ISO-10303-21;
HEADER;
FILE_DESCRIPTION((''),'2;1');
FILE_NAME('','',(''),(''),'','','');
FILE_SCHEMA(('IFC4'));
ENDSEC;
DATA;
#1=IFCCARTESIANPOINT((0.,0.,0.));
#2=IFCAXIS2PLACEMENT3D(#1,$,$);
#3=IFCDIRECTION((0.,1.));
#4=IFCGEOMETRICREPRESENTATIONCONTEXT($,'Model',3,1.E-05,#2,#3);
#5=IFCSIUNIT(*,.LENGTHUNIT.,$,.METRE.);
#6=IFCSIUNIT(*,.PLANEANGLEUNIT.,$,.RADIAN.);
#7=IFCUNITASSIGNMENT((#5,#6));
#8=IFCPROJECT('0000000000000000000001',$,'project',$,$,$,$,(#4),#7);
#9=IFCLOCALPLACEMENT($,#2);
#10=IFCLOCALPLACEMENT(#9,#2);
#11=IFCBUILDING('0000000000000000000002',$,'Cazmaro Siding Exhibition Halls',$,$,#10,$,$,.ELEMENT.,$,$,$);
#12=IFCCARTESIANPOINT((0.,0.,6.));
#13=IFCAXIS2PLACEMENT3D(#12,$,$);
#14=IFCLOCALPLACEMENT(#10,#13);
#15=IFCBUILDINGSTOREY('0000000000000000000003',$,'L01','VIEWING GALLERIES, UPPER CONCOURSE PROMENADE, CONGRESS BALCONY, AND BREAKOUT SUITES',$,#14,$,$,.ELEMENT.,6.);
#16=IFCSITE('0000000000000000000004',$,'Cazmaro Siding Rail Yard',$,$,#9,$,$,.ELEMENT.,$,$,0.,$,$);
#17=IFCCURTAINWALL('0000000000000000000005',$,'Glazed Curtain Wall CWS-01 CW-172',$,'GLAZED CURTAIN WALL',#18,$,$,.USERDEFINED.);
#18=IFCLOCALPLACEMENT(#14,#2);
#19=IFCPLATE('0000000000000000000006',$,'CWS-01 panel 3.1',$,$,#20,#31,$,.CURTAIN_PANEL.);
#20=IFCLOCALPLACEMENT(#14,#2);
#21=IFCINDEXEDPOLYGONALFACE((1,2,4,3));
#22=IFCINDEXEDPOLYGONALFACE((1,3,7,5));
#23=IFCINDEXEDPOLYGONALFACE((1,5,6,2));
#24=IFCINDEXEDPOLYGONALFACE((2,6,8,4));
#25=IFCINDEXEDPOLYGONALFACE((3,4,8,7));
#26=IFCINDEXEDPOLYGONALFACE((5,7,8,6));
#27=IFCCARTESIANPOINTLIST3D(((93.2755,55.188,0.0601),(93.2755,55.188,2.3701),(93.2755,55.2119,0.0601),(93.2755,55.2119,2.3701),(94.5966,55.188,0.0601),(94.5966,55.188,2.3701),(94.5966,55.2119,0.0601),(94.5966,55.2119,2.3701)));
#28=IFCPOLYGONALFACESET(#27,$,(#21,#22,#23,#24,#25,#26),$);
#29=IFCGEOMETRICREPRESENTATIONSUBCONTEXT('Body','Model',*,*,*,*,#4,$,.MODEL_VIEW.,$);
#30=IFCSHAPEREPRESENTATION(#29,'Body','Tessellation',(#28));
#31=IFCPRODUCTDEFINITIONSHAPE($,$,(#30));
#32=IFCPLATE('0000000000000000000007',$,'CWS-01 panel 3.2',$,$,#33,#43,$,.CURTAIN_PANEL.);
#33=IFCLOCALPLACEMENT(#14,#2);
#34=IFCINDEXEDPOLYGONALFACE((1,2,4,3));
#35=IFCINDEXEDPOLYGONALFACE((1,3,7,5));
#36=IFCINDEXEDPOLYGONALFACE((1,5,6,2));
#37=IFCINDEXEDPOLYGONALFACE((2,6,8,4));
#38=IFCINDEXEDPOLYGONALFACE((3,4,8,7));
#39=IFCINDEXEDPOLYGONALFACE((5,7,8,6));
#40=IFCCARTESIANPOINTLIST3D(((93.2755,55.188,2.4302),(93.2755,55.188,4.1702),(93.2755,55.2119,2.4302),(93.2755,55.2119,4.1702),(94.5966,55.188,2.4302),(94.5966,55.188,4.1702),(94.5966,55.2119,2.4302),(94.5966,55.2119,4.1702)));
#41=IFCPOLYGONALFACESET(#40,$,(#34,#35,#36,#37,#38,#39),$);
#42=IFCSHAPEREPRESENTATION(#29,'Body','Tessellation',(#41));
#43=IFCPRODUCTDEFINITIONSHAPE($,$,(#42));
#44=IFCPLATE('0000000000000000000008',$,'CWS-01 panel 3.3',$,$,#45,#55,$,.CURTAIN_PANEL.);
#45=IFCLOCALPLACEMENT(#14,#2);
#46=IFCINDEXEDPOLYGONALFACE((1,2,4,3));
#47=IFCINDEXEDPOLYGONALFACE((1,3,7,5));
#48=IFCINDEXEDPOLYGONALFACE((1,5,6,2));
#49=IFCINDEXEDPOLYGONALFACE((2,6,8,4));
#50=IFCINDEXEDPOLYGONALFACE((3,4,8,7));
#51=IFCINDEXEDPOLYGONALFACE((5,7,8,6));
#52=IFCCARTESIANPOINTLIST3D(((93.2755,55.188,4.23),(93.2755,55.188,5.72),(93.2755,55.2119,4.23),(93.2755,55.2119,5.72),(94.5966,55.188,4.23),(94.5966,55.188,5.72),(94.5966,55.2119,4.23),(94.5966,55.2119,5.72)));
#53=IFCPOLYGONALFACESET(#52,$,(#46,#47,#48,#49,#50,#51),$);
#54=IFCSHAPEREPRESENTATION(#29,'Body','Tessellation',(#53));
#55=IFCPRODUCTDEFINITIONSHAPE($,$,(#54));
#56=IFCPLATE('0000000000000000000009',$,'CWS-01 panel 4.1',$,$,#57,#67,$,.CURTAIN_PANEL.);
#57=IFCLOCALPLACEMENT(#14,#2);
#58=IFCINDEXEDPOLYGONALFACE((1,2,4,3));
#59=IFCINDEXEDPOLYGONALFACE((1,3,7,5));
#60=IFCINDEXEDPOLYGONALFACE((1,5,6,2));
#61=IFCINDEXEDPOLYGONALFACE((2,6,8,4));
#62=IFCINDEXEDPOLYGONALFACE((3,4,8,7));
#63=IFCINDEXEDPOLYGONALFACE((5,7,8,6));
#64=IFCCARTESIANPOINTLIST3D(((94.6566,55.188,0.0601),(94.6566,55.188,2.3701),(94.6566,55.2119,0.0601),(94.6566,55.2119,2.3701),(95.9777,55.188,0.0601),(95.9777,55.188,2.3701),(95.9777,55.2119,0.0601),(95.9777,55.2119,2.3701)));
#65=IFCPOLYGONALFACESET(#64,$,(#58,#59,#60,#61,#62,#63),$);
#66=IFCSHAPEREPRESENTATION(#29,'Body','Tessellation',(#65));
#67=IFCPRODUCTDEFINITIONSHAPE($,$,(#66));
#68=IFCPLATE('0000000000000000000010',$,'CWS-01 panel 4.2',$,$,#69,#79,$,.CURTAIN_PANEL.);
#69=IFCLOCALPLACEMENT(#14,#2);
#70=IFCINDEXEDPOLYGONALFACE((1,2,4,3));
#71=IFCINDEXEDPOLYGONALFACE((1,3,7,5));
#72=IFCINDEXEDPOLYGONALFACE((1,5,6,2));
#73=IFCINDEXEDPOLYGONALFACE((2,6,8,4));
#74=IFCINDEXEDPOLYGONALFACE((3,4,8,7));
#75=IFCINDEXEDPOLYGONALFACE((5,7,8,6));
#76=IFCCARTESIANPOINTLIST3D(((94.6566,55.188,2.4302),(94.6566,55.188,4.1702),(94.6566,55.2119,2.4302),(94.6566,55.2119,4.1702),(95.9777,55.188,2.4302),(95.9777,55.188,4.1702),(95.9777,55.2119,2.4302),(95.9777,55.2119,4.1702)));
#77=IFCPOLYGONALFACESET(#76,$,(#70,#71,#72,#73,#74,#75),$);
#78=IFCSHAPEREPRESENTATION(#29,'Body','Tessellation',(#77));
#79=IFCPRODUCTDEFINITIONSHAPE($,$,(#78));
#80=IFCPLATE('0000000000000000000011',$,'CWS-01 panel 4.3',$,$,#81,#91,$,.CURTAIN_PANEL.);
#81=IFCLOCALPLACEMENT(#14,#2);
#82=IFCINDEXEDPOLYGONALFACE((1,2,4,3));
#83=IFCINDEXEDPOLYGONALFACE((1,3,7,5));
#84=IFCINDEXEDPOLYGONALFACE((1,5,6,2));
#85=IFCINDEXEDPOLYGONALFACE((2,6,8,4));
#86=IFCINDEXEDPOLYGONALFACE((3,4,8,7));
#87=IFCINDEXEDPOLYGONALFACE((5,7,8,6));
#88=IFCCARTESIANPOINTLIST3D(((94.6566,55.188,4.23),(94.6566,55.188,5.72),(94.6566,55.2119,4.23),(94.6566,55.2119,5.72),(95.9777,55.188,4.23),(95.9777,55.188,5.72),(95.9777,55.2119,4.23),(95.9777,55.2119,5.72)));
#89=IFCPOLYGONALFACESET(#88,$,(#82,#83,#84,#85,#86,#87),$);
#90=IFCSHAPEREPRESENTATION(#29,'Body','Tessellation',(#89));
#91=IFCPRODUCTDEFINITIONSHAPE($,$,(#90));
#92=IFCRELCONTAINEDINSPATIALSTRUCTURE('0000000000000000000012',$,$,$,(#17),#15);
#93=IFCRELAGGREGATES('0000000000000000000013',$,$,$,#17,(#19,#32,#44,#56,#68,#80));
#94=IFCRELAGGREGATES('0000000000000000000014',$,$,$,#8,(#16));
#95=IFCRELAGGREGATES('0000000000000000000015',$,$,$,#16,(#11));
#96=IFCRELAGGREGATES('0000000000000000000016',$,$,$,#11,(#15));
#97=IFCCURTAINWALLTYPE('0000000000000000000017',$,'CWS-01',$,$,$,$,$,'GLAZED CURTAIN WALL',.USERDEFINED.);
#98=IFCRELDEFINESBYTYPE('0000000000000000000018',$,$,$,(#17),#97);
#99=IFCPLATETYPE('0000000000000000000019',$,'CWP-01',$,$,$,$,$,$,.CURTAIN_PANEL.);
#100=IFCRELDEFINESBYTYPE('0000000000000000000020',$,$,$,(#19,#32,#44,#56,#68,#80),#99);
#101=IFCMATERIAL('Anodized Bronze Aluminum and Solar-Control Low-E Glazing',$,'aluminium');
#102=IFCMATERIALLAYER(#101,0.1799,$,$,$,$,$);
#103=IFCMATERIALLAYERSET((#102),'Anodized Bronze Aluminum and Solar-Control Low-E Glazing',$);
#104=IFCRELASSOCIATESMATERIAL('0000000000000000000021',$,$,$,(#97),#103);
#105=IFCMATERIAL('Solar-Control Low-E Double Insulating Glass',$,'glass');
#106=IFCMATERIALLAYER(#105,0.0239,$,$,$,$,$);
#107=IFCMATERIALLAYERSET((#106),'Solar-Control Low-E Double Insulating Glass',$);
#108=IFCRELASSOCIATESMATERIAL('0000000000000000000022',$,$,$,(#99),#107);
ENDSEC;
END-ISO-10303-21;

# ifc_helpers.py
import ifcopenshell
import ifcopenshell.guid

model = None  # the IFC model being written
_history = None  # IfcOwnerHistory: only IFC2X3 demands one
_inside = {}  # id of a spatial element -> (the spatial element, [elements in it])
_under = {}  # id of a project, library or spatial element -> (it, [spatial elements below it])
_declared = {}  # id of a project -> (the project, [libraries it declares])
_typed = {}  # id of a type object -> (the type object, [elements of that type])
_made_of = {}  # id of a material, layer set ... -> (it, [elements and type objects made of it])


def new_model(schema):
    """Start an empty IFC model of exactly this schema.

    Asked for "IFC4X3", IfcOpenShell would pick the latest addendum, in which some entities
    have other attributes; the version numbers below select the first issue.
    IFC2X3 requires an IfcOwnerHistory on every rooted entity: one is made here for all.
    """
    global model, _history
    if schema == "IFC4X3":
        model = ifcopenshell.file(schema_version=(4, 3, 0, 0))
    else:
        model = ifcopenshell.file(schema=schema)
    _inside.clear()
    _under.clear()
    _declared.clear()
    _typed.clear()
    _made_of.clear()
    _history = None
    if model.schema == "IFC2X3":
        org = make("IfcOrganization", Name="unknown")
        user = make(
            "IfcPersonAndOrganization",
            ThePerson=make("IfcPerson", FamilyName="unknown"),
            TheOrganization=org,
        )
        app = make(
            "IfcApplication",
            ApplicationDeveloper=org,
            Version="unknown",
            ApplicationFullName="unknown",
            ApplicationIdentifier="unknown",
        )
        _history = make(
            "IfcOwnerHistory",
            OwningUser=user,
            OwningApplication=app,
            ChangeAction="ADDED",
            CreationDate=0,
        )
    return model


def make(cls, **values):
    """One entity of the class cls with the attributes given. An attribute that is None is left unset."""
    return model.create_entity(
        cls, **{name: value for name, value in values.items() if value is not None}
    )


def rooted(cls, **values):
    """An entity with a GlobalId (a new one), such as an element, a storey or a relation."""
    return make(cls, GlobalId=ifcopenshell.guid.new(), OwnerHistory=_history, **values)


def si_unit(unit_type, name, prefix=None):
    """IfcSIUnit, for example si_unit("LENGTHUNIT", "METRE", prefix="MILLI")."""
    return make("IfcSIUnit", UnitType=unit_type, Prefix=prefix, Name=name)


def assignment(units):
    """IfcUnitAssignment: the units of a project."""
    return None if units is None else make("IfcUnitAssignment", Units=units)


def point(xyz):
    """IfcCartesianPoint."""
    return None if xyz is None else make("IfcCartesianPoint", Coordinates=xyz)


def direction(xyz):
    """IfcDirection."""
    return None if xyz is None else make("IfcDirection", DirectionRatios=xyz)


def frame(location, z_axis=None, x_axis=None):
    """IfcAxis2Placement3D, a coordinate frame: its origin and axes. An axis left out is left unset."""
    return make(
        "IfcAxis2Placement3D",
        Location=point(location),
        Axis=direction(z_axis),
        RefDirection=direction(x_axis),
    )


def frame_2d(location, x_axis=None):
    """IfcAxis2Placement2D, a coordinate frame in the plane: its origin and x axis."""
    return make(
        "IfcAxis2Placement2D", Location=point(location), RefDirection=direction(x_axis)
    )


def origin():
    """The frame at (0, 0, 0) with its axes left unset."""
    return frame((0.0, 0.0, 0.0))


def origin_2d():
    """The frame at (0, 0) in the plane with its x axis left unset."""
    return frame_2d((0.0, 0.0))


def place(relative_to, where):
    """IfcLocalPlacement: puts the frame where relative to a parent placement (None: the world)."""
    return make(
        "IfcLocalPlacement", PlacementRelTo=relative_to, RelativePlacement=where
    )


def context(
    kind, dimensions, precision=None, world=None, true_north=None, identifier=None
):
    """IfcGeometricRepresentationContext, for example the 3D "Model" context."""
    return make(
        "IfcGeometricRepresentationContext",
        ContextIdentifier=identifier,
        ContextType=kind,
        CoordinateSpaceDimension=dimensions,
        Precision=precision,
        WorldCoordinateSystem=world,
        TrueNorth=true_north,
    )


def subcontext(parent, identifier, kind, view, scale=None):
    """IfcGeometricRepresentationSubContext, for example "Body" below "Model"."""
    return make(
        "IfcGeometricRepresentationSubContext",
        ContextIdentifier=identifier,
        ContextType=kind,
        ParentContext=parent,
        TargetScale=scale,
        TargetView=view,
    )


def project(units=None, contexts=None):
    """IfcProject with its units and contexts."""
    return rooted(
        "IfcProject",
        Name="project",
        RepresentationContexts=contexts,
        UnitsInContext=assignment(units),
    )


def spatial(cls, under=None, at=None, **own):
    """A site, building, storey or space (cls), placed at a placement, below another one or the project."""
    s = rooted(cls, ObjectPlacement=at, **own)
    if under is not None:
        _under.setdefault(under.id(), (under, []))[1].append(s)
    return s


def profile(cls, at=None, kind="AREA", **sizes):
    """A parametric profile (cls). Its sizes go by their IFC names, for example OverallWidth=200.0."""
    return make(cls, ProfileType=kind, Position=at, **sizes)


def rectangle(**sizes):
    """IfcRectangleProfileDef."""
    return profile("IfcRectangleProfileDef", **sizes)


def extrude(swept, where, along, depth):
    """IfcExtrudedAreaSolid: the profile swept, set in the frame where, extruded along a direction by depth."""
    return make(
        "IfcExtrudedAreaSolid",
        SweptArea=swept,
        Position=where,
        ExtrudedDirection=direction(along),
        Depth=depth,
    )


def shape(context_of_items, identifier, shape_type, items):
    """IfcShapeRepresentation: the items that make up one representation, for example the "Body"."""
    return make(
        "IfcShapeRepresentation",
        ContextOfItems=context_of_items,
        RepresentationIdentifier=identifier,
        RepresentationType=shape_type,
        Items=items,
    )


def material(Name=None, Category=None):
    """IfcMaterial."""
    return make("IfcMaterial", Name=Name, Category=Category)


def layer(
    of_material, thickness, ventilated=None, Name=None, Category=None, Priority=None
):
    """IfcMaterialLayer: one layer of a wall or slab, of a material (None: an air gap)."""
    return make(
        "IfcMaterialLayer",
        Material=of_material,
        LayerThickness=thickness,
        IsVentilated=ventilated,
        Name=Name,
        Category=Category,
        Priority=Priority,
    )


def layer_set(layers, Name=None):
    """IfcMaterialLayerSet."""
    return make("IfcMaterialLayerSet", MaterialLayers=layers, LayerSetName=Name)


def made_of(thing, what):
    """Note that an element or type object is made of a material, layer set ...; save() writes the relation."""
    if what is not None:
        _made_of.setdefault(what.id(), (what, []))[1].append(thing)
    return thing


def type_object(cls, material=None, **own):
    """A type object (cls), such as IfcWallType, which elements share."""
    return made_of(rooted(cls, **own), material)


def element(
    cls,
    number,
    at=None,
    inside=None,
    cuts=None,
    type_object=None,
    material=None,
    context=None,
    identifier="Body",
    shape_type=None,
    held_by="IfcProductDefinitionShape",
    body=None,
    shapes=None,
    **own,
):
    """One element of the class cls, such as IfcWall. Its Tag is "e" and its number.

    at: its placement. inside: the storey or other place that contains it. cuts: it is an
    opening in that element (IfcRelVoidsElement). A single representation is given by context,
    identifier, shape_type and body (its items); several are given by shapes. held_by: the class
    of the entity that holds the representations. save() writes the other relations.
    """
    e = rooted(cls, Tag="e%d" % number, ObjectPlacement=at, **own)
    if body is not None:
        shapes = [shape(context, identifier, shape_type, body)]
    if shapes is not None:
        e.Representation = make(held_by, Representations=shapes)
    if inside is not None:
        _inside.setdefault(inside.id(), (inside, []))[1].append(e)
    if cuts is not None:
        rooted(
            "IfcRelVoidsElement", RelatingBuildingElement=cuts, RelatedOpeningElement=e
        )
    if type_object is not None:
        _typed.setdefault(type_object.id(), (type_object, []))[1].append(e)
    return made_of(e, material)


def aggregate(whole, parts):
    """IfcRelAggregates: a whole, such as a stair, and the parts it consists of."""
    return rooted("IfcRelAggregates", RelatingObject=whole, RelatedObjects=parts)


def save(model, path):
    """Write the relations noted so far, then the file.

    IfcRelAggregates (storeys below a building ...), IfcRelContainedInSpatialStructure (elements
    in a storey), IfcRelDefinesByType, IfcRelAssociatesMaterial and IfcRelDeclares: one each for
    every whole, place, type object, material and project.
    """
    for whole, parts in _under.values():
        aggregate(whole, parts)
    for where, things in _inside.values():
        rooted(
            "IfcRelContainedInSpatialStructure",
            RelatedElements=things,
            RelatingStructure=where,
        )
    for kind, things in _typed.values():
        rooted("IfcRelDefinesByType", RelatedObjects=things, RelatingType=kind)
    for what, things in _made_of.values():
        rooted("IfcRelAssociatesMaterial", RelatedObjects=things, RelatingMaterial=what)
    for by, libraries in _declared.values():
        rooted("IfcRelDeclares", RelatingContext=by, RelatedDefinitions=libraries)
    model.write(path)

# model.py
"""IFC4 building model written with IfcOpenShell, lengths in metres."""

from ifc_helpers import new_model, si_unit, direction, frame, origin, origin_2d, place, context, subcontext, project, spatial, rectangle, extrude, material, layer, layer_set, type_object, element, aggregate, save


model = new_model("IFC4")

# Units and contexts
model_context = context("Model", 3, precision=1e-05, world=origin(), true_north=direction((0.0, 1.0)))
body_context = subcontext(model_context, "Body", "Model", "MODEL_VIEW")
ifc_project = project(units=[si_unit("LENGTHUNIT", "METRE"), si_unit("PLANEANGLEUNIT", "RADIAN")], contexts=[model_context])

# Site, building, storey
site_placement = place(None, origin())
site = spatial("IfcSite", under=ifc_project, at=site_placement, Name="Cazmaro Siding Rail Yard", CompositionType="ELEMENT", RefElevation=0.0)
building_placement = place(site_placement, origin())
building = spatial("IfcBuilding", under=site, at=building_placement, Name="Cazmaro Siding Exhibition Halls", CompositionType="ELEMENT")
storey_placement = place(building_placement, frame((0.0, 0.0, 6.0)))
storey = spatial("IfcBuildingStorey", under=building, at=storey_placement, Name="L01", Description="VIEWING GALLERIES, UPPER CONCOURSE PROMENADE, CONGRESS BALCONY, AND BREAKOUT SUITES", CompositionType="ELEMENT", Elevation=6.0)

# Curtain wall, plates
ifc_material_1 = material(Name="Anodized Bronze Aluminum and Solar-Control Low-E Glazing", Category="aluminium")
ifc_layer_1 = layer(ifc_material_1, 0.1799)
ifc_layer_set_1 = layer_set([ifc_layer_1], Name="Anodized Bronze Aluminum and Solar-Control Low-E Glazing")
curtain_wall_type = type_object("IfcCurtainWallType", Name="CWS-01", ElementType="GLAZED CURTAIN WALL", PredefinedType="USERDEFINED", material=ifc_layer_set_1)
curtain_wall_placement = place(storey_placement, origin())
curtain_wall = element("IfcCurtainWall", 1, at=curtain_wall_placement, inside=storey, type_object=curtain_wall_type, Name="Glazed Curtain Wall CWS-01 CW-172", ObjectType="GLAZED CURTAIN WALL", PredefinedType="USERDEFINED")
ifc_material_2 = material(Name="Solar-Control Low-E Double Insulating Glass", Category="glass")
ifc_layer_2 = layer(ifc_material_2, 0.0239)
ifc_layer_set_2 = layer_set([ifc_layer_2], Name="Solar-Control Low-E Double Insulating Glass")
plate_type = type_object("IfcPlateType", Name="CWP-01", PredefinedType="CURTAIN_PANEL", material=ifc_layer_set_2)
plate_1_placement = place(storey_placement, frame((93.936, 55.2, 0.0601), z_axis=(0.0, 0.0, 1.0), x_axis=(1.0, 0.0, 0.0)))
plate_1 = element("IfcPlate", 2, at=plate_1_placement, type_object=plate_type, Name="CWS-01 panel 3.1", PredefinedType="CURTAIN_PANEL", context=body_context, shape_type="SweptSolid", body=[
    extrude(rectangle(XDim=1.321, YDim=0.0239, at=origin_2d()), origin(), (0.0, 0.0, 1.0), 2.3101),
])
plate_2_placement = place(storey_placement, frame((93.936, 55.2, 2.4302), z_axis=(0.0, 0.0, 1.0), x_axis=(1.0, 0.0, 0.0)))
plate_2 = element("IfcPlate", 3, at=plate_2_placement, type_object=plate_type, Name="CWS-01 panel 3.2", PredefinedType="CURTAIN_PANEL", context=body_context, shape_type="SweptSolid", body=[
    extrude(rectangle(XDim=1.321, YDim=0.0239, at=origin_2d()), origin(), (0.0, 0.0, 1.0), 1.74),
])
plate_3_placement = place(storey_placement, frame((93.936, 55.2, 4.23), z_axis=(0.0, 0.0, 1.0), x_axis=(1.0, 0.0, 0.0)))
plate_3 = element("IfcPlate", 4, at=plate_3_placement, type_object=plate_type, Name="CWS-01 panel 3.3", PredefinedType="CURTAIN_PANEL", context=body_context, shape_type="SweptSolid", body=[
    extrude(rectangle(XDim=1.321, YDim=0.0239, at=origin_2d()), origin(), (0.0, 0.0, 1.0), 1.49),
])
plate_4_placement = place(storey_placement, frame((95.3171, 55.2, 0.0601), z_axis=(0.0, 0.0, 1.0), x_axis=(1.0, 0.0, 0.0)))
plate_4 = element("IfcPlate", 5, at=plate_4_placement, type_object=plate_type, Name="CWS-01 panel 4.1", PredefinedType="CURTAIN_PANEL", context=body_context, shape_type="SweptSolid", body=[
    extrude(rectangle(XDim=1.321, YDim=0.0239, at=origin_2d()), origin(), (0.0, 0.0, 1.0), 2.3101),
])
plate_5_placement = place(storey_placement, frame((95.3171, 55.2, 2.4302), z_axis=(0.0, 0.0, 1.0), x_axis=(1.0, 0.0, 0.0)))
plate_5 = element("IfcPlate", 6, at=plate_5_placement, type_object=plate_type, Name="CWS-01 panel 4.2", PredefinedType="CURTAIN_PANEL", context=body_context, shape_type="SweptSolid", body=[
    extrude(rectangle(XDim=1.321, YDim=0.0239, at=origin_2d()), origin(), (0.0, 0.0, 1.0), 1.74),
])
plate_6_placement = place(storey_placement, frame((95.3171, 55.2, 4.23), z_axis=(0.0, 0.0, 1.0), x_axis=(1.0, 0.0, 0.0)))
plate_6 = element("IfcPlate", 7, at=plate_6_placement, type_object=plate_type, Name="CWS-01 panel 4.3", PredefinedType="CURTAIN_PANEL", context=body_context, shape_type="SweptSolid", body=[
    extrude(rectangle(XDim=1.321, YDim=0.0239, at=origin_2d()), origin(), (0.0, 0.0, 1.0), 1.49),
])
aggregate(curtain_wall, [plate_1, plate_2, plate_3, plate_4, plate_5, plate_6])

save(model, "model.ifc")
